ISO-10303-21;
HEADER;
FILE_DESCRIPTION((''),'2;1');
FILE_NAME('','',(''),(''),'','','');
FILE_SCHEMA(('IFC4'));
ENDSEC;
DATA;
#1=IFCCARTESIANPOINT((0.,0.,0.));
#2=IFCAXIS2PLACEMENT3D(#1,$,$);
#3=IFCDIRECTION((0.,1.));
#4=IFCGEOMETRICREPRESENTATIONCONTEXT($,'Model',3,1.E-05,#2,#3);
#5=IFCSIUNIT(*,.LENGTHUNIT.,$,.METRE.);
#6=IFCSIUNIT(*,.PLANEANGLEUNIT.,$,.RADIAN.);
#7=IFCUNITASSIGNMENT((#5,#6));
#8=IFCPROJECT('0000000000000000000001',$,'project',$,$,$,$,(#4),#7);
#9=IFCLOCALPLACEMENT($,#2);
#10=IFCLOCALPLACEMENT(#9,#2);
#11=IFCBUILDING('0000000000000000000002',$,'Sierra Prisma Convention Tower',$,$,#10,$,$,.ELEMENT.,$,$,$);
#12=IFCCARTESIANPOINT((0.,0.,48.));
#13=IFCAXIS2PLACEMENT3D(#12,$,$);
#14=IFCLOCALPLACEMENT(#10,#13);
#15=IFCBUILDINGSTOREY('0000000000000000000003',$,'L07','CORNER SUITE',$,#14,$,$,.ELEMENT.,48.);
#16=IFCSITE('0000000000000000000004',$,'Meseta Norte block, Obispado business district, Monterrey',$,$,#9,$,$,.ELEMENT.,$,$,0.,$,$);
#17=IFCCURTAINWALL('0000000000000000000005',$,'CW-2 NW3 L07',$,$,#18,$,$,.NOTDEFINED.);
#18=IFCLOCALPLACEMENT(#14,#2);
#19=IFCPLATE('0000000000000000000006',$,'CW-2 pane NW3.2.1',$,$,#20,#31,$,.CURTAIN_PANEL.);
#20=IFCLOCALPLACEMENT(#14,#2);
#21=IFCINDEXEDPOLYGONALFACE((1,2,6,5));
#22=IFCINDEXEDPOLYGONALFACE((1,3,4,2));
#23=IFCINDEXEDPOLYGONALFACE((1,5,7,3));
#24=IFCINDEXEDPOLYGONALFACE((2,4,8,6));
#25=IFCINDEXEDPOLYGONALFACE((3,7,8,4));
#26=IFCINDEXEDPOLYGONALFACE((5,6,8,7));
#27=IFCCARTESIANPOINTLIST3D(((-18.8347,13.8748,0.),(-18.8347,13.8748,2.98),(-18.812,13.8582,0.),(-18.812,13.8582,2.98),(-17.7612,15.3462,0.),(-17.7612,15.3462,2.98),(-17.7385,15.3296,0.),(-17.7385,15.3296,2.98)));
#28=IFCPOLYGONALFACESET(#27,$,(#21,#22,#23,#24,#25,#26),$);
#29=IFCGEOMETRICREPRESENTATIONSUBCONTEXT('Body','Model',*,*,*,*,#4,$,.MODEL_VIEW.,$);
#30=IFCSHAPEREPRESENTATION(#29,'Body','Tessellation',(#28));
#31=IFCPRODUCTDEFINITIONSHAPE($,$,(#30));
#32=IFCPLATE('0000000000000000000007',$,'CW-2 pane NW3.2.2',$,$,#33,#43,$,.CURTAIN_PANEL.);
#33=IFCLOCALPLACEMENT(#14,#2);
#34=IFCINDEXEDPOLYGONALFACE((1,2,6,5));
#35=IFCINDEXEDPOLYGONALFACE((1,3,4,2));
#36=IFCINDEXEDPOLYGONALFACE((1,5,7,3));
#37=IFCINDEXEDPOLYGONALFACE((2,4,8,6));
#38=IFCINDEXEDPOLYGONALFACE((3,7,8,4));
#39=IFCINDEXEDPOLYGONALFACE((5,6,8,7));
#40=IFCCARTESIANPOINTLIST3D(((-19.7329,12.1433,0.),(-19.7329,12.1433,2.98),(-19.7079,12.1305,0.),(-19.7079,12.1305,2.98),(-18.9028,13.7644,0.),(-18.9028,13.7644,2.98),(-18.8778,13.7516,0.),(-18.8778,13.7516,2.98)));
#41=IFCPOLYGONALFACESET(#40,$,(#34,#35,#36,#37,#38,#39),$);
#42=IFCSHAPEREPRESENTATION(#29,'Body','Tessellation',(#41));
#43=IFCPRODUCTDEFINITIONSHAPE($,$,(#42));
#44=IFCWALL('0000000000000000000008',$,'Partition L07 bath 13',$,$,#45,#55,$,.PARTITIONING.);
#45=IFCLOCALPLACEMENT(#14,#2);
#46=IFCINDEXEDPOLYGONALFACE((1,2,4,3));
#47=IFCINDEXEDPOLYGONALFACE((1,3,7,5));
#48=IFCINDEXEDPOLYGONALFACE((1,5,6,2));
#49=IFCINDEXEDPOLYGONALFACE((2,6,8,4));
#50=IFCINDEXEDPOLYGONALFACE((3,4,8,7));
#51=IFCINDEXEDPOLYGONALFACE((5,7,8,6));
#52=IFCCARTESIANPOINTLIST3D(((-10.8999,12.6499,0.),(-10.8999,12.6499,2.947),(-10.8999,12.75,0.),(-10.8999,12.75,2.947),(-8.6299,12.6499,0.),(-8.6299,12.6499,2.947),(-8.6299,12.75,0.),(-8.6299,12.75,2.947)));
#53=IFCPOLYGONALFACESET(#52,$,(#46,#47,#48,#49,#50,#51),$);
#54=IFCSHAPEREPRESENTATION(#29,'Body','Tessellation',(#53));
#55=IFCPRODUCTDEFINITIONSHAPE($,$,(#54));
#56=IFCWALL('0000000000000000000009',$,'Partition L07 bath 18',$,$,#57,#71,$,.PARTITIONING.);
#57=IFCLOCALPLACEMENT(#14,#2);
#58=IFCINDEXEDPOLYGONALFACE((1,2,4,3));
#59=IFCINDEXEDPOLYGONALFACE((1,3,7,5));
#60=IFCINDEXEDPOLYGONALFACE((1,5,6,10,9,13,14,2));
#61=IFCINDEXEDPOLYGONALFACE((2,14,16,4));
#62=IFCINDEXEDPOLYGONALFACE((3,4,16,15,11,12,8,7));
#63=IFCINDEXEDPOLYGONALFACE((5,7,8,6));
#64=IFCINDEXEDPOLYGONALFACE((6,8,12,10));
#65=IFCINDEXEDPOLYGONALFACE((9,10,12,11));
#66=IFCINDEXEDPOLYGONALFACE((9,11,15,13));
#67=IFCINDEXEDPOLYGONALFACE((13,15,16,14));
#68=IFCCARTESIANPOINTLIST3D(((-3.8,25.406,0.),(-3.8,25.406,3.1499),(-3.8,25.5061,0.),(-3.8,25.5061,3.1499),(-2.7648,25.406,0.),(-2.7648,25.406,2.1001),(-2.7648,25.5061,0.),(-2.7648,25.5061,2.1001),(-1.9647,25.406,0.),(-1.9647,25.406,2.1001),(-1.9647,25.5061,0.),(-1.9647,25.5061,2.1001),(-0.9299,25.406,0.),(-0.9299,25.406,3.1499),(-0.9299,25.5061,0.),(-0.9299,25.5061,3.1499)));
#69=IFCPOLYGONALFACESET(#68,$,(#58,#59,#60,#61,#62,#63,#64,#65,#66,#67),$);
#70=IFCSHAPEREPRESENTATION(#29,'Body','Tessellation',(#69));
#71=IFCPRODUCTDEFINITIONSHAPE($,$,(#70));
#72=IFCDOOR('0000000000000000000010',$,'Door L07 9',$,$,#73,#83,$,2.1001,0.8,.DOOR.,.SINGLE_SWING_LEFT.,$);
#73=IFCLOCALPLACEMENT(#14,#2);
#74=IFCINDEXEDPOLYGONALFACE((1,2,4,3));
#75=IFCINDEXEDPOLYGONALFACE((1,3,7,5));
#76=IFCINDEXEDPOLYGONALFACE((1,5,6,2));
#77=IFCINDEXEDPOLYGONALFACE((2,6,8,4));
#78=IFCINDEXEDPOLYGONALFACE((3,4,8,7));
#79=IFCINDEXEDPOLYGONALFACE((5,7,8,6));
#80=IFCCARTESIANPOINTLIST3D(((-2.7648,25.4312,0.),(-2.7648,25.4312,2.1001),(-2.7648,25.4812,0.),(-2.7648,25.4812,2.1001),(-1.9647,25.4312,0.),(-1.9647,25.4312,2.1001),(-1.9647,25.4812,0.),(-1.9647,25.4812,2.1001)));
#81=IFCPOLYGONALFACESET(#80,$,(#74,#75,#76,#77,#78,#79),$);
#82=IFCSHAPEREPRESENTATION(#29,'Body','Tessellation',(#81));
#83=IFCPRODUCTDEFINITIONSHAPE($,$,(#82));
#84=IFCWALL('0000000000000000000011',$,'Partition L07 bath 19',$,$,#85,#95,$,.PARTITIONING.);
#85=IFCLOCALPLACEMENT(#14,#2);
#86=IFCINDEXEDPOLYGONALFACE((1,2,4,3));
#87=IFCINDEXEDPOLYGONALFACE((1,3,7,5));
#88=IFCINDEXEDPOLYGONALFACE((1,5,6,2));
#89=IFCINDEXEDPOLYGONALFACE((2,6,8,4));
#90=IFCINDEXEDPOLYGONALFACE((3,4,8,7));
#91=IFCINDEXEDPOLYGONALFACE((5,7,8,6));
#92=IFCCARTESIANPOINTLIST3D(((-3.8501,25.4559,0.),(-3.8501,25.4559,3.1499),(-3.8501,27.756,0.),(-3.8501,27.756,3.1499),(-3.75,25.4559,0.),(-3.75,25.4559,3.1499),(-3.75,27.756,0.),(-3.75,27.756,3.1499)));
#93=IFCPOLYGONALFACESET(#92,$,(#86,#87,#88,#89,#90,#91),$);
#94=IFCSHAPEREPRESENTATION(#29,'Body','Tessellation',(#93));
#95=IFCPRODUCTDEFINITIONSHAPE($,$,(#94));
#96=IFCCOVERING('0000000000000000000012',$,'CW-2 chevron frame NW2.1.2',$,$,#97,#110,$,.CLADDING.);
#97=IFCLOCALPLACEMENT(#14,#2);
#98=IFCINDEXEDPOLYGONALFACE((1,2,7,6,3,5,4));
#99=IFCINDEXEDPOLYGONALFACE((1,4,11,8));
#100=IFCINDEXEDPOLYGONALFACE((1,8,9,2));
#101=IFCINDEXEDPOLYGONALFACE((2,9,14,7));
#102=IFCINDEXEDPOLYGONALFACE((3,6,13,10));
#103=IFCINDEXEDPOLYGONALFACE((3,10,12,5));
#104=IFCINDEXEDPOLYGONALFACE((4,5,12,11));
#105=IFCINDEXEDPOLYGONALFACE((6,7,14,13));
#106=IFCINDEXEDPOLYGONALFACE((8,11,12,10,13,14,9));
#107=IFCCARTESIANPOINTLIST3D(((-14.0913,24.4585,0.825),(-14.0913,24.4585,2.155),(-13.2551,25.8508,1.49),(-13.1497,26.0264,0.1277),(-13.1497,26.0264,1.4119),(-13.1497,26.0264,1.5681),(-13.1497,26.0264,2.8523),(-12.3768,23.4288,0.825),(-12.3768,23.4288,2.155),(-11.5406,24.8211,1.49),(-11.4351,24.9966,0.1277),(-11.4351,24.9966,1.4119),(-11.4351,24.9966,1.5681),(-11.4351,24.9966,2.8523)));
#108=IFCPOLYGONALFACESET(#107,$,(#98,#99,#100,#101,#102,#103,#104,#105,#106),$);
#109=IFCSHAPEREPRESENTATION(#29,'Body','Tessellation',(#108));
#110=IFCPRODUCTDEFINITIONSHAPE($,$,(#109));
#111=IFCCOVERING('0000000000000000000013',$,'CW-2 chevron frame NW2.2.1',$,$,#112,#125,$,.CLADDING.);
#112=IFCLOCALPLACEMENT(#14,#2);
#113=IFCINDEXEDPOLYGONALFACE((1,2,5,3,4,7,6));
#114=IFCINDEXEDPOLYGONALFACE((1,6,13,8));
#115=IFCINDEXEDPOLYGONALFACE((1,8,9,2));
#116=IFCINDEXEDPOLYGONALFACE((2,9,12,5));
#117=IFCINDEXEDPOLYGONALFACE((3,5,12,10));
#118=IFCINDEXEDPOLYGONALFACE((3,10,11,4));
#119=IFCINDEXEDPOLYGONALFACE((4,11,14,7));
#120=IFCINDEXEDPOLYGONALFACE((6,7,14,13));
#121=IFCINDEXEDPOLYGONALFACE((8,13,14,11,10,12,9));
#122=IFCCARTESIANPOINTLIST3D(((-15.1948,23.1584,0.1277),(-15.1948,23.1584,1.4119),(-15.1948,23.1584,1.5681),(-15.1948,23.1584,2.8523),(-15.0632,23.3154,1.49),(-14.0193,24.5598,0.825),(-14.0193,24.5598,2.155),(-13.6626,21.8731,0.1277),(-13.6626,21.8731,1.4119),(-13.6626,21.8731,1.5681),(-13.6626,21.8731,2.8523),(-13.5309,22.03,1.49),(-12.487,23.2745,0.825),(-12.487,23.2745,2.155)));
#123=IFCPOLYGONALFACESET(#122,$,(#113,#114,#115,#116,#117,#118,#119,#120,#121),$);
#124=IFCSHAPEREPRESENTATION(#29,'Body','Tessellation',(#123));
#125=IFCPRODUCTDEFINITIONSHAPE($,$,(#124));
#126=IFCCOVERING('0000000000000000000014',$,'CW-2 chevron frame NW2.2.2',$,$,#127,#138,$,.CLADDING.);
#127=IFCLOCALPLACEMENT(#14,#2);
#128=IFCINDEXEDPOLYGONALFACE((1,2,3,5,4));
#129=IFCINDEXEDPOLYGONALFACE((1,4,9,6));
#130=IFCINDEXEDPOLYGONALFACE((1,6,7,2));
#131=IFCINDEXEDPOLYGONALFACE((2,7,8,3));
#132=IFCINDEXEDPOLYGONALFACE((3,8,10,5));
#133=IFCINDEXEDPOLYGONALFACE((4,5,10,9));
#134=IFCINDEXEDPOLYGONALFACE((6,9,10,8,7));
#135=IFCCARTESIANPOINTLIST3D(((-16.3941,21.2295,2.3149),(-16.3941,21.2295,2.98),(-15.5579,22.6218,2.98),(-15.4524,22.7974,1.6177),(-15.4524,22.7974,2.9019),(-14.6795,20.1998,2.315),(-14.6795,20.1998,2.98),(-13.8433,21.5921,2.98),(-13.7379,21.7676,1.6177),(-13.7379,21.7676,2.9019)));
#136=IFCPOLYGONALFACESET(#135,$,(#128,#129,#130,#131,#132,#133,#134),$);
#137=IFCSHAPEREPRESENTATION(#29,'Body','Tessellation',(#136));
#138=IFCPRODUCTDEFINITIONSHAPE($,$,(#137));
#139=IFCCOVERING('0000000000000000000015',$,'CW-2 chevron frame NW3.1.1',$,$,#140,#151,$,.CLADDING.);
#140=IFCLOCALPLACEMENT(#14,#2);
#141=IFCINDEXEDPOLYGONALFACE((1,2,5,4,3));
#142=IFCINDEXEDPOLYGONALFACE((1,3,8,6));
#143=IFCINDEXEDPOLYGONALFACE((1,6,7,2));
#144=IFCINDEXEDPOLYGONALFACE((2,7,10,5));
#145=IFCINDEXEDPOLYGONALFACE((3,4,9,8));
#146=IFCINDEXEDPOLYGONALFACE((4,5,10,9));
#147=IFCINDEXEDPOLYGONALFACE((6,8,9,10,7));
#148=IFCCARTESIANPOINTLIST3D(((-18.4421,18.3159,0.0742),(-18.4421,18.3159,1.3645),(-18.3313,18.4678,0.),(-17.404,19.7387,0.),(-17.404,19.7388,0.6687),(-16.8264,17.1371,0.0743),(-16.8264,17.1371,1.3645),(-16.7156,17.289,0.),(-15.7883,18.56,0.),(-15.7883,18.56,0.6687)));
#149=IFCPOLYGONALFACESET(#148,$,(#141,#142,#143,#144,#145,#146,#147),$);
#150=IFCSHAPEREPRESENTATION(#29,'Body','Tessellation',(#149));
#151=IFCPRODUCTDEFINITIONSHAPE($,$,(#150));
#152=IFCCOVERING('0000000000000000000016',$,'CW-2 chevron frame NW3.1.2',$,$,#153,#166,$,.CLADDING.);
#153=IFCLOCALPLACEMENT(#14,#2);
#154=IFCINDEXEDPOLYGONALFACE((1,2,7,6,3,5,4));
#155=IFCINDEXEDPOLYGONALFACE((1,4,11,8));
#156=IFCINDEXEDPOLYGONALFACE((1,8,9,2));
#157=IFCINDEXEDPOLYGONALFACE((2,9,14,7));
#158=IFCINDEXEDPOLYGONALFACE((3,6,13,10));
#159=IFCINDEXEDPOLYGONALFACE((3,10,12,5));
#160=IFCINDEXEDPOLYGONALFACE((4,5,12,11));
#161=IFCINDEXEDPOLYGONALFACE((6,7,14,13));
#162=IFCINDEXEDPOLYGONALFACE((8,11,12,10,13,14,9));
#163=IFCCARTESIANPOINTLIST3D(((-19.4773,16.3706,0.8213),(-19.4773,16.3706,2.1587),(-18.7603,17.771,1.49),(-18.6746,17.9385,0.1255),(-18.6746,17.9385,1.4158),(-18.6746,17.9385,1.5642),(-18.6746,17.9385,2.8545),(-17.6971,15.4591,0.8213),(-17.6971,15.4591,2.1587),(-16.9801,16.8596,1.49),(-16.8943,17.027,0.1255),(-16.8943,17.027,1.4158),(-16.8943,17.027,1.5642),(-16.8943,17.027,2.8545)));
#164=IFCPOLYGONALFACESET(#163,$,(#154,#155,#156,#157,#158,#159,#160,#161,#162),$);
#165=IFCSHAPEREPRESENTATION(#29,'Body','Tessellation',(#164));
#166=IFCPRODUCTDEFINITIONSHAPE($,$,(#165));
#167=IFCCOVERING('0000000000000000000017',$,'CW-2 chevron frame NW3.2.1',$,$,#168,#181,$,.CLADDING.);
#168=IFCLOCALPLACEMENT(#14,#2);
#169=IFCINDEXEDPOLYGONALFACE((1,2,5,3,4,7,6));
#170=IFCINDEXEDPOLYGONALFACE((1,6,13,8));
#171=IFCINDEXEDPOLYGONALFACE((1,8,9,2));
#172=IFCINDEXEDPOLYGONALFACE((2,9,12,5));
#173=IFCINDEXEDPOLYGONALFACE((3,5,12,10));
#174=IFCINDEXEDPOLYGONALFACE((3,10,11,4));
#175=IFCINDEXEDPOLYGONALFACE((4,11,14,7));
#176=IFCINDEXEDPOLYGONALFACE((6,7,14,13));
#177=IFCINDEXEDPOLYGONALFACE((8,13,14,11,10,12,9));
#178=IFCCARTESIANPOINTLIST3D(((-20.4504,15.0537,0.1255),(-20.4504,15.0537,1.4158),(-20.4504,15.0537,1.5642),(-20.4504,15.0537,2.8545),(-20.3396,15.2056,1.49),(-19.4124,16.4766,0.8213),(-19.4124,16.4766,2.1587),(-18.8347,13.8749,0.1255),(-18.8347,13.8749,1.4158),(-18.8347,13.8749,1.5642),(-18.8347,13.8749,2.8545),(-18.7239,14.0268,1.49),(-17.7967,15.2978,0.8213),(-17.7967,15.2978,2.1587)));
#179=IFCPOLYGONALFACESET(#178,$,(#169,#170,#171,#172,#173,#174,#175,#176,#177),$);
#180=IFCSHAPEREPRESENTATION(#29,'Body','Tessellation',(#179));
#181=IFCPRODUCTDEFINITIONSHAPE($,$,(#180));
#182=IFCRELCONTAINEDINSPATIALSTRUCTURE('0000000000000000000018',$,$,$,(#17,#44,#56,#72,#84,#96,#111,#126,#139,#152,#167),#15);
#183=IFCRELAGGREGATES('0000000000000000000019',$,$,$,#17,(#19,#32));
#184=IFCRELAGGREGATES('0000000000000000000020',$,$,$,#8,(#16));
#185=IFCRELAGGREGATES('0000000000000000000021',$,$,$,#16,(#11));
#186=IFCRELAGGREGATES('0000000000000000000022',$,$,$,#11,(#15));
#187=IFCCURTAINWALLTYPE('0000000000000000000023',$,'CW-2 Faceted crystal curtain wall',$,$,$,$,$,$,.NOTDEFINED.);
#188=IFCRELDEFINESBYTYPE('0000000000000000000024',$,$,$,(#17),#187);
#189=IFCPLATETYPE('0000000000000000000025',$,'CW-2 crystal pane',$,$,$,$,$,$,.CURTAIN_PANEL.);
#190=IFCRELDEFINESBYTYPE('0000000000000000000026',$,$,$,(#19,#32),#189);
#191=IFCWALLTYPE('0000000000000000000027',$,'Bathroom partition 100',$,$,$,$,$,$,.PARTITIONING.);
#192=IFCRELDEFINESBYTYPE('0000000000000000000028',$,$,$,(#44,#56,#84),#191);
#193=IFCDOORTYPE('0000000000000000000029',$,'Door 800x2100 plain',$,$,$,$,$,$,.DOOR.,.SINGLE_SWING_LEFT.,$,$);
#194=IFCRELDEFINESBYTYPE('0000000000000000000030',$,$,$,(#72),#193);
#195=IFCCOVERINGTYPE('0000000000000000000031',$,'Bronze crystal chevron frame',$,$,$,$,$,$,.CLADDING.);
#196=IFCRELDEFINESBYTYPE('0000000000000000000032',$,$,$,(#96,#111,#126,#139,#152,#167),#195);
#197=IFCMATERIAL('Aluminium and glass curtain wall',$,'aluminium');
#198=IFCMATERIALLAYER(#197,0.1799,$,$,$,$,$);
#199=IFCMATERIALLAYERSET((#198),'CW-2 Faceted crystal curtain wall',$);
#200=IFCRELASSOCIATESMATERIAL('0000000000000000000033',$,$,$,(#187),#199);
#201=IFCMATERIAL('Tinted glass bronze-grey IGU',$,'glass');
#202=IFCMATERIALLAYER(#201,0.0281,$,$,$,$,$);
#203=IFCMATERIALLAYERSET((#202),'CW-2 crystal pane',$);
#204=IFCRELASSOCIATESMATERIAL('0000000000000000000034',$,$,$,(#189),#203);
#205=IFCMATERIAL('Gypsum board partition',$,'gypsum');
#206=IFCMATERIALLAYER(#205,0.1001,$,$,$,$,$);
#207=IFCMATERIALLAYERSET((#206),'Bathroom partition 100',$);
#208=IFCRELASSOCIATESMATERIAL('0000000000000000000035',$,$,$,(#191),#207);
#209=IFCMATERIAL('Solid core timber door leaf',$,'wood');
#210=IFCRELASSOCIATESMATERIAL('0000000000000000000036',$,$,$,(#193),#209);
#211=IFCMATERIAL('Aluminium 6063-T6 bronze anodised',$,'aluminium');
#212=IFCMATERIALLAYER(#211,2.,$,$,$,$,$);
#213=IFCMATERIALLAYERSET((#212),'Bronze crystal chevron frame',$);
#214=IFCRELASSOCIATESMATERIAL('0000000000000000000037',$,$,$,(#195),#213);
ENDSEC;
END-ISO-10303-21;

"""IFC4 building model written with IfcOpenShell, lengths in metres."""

from ifc_helpers import new_model, si_unit, direction, frame, frame_2d, origin, place, context, subcontext, project, spatial, polyline, rectangle, outline, extrude, material, layer, layer_set, type_object, element, fill, aggregate, save


model = new_model("IFC4")

# Units and contexts
model_context = context("Model", 3, precision=1e-05, world=origin(), true_north=direction((0.0, 1.0)))
body_context = subcontext(model_context, "Body", "Model", "MODEL_VIEW")
ifc_project = project(units=[si_unit("LENGTHUNIT", "METRE"), si_unit("PLANEANGLEUNIT", "RADIAN")], contexts=[model_context])

# Site, building, storey
site_placement = place(None, origin())
site = spatial("IfcSite", under=ifc_project, at=site_placement, Name="Meseta Norte block, Obispado business district, Monterrey", CompositionType="ELEMENT", RefElevation=0.0)
building_placement = place(site_placement, origin())
building = spatial("IfcBuilding", under=site, at=building_placement, Name="Sierra Prisma Convention Tower", CompositionType="ELEMENT")
storey_placement = place(building_placement, frame((0.0, 0.0, 48.0)))
storey = spatial("IfcBuildingStorey", under=building, at=storey_placement, Name="L07", Description="CORNER SUITE", CompositionType="ELEMENT", Elevation=48.0)

# Curtain wall
ifc_material_1 = material(Name="Aluminium and glass curtain wall", Category="aluminium")
ifc_layer_1 = layer(ifc_material_1, 0.1799)
ifc_layer_set_1 = layer_set([ifc_layer_1], Name="CW-2 Faceted crystal curtain wall")
curtain_wall_type = type_object("IfcCurtainWallType", Name="CW-2 Faceted crystal curtain wall", PredefinedType="NOTDEFINED", material=ifc_layer_set_1)
curtain_wall_1_placement = place(storey_placement, origin())
curtain_wall_1 = element("IfcCurtainWall", 1, at=curtain_wall_1_placement, inside=storey, type_object=curtain_wall_type, Name="CW-2 NW3 L07", PredefinedType="NOTDEFINED")

# Plates
ifc_material_2 = material(Name="Tinted glass bronze-grey IGU", Category="glass")
ifc_layer_2 = layer(ifc_material_2, 0.0281)
ifc_layer_set_2 = layer_set([ifc_layer_2], Name="CW-2 crystal pane")
plate_type = type_object("IfcPlateType", Name="CW-2 crystal pane", PredefinedType="CURTAIN_PANEL", material=ifc_layer_set_2)
plate_1_placement = place(storey_placement, frame((-17.7612, 15.3462, 0.0), z_axis=(-0.80786, 0.589375, 0.0), x_axis=(-0.589375, -0.80786, 0.0)))
plate_1 = element("IfcPlate", 2, at=plate_1_placement, type_object=plate_type, Name="CW-2 pane NW3.2.1", PredefinedType="CURTAIN_PANEL", context=body_context, shape_type="SweptSolid", body=[
    extrude(outline(polyline([(0.0, 0.0), (1.8214, 0.0), (1.8214, 2.98), (0.0, 2.98), (0.0, 0.0)])), origin(), (0.0, 0.0, -1.0), 0.0281),
])
plate_2_placement = place(storey_placement, frame((-19.7329, 12.1433, 0.0), z_axis=(-0.890096, 0.455772, 0.0), x_axis=(0.455772, 0.890096, 0.0)))
plate_2 = element("IfcPlate", 3, at=plate_2_placement, type_object=plate_type, Name="CW-2 pane NW3.2.2", PredefinedType="CURTAIN_PANEL", context=body_context, shape_type="SweptSolid", body=[
    extrude(outline(polyline([(0.0, 0.0), (1.8213, 0.0), (1.8213, -2.98), (0.0, -2.98), (0.0, 0.0)])), origin(), (0.0, 0.0, -1.0), 0.0281),
])
aggregate(curtain_wall_1, [plate_1, plate_2])

# Wall
ifc_material_3 = material(Name="Gypsum board partition", Category="gypsum")
ifc_layer_3 = layer(ifc_material_3, 0.1001)
ifc_layer_set_3 = layer_set([ifc_layer_3], Name="Bathroom partition 100")
wall_type = type_object("IfcWallType", Name="Bathroom partition 100", PredefinedType="PARTITIONING", material=ifc_layer_set_3)
wall_1_placement = place(storey_placement, frame((-10.8999, 12.7, 0.0), z_axis=(0.0, 0.0, 1.0), x_axis=(1.0, 0.0, 0.0)))
element("IfcWall", 4, at=wall_1_placement, inside=storey, type_object=wall_type, Name="Partition L07 bath 13", PredefinedType="PARTITIONING", context=body_context, shape_type="SweptSolid", body=[
    extrude(rectangle(XDim=2.27, YDim=0.1001, at=frame_2d((1.135, 0.0))), origin(), (0.0, 0.0, 1.0), 2.947),
])

# Wall, opening, door
wall_2_placement = place(storey_placement, frame((-0.9299, 25.4561, 0.0), z_axis=(0.0, 0.0, 1.0), x_axis=(-1.0, 0.0, 0.0)))
wall_2 = element("IfcWall", 5, at=wall_2_placement, inside=storey, type_object=wall_type, Name="Partition L07 bath 18", PredefinedType="PARTITIONING", context=body_context, shape_type="SweptSolid", body=[
    extrude(rectangle(XDim=2.8701, YDim=0.1001, at=frame_2d((1.4351, 0.0))), origin(), (0.0, 0.0, 1.0), 3.1499),
])
opening_placement = place(wall_2_placement, frame((1.0349, 0.0, 0.0)))
opening = element("IfcOpeningElement", 6, at=opening_placement, cuts=wall_2, PredefinedType="OPENING", context=body_context, shape_type="SweptSolid", body=[
    extrude(rectangle(XDim=0.8, YDim=2.1001, at=frame_2d((0.3999, 1.05))), frame((0.0, 0.05, 0.0), z_axis=(0.0, -1.0, 0.0), x_axis=(1.0, 0.0, 0.0)), (0.0, 0.0, 1.0), 0.1001),
])
ifc_material_4 = material(Name="Solid core timber door leaf", Category="wood")
door_type = type_object("IfcDoorType", Name="Door 800x2100 plain", OperationType="SINGLE_SWING_LEFT", PredefinedType="DOOR", material=ifc_material_4)
door_placement = place(opening_placement, origin())
door = element("IfcDoor", 7, at=door_placement, inside=storey, type_object=door_type, Name="Door L07 9", OperationType="SINGLE_SWING_LEFT", OverallHeight=2.1001, OverallWidth=0.8, PredefinedType="DOOR", context=body_context, shape_type="SweptSolid", body=[
    extrude(rectangle(XDim=0.8, YDim=2.1001, at=frame_2d((0.3999, 1.05))), frame((0.0, 0.0249, 0.0), z_axis=(0.0, -1.0, 0.0), x_axis=(1.0, 0.0, 0.0)), (0.0, 0.0, 1.0), 0.05),
])
fill(opening, door)

# Wall
wall_3_placement = place(storey_placement, frame((-3.8, 25.4561, 0.0), z_axis=(0.0, 0.0, 1.0), x_axis=(0.0, 1.0, 0.0)))
element("IfcWall", 8, at=wall_3_placement, inside=storey, type_object=wall_type, Name="Partition L07 bath 19", PredefinedType="PARTITIONING", context=body_context, shape_type="SweptSolid", body=[
    extrude(rectangle(XDim=2.3, YDim=0.1001, at=frame_2d((1.1499, 0.0))), origin(), (0.0, 0.0, 1.0), 3.1499),
])

# Coverings
ifc_material_5 = material(Name="Aluminium 6063-T6 bronze anodised", Category="aluminium")
ifc_layer_4 = layer(ifc_material_5, 2.0)
ifc_layer_set_4 = layer_set([ifc_layer_4], Name="Bronze crystal chevron frame")
covering_type = type_object("IfcCoveringType", Name="Bronze crystal chevron frame", PredefinedType="CLADDING", material=ifc_layer_set_4)
covering_1_placement = place(storey_placement, frame((-13.1497, 26.0264, 1.4119), z_axis=(-0.857269, 0.514868, 0.0), x_axis=(0.0, 0.0, -1.0)))
element("IfcCovering", 9, at=covering_1_placement, inside=storey, type_object=covering_type, Name="CW-2 chevron frame NW2.1.2", PredefinedType="CLADDING", context=body_context, shape_type="SweptSolid", body=[
    extrude(outline(polyline([(0.0, 0.0), (1.2842, 0.0), (0.5869, 1.8289), (-0.7432, 1.8289), (-1.4404, 0.0), (-0.1562, 0.0), (-0.0781, 0.2048), (0.0, 0.0)])), origin(), (0.0, 0.0, -1.0), 2.0),
])
covering_2_placement = place(storey_placement, frame((-14.0193, 24.5598, 0.825), z_axis=(-0.766138, 0.642677, 0.0), x_axis=(-0.600524, -0.715887, -0.356198)))
element("IfcCovering", 10, at=covering_2_placement, inside=storey, type_object=covering_type, Name="CW-2 chevron frame NW2.2.1", PredefinedType="CLADDING", context=body_context, shape_type="SweptSolid", body=[
    extrude(outline(polyline([(0.0, 0.0), (1.9575, 0.0), (1.5001, 1.2), (1.2809, 1.2), (1.4444, 1.346), (0.987, 2.5459), (-0.4738, 1.2428), (0.0, 0.0)])), origin(), (0.0, 0.0, -1.0), 2.0),
])
covering_3_placement = place(storey_placement, frame((-15.4524, 22.7974, 1.6177), z_axis=(-0.857269, 0.514868, -0.000018), x_axis=(-0.481096, -0.801026, 0.356235)))
element("IfcCovering", 11, at=covering_3_placement, inside=storey, type_object=covering_type, Name="CW-2 chevron frame NW2.2.2", PredefinedType="CLADDING", context=body_context, shape_type="SweptSolid", body=[
    extrude(outline(polyline([(0.0, 0.0), (1.9573, 0.0), (2.1942, 0.6214), (0.6767, 1.2), (0.4575, 1.1999), (0.0, 0.0)])), origin(), (0.0, 0.0, -1.0), 2.0),
])
covering_4_placement = place(storey_placement, frame((-18.3313, 18.4678, 0.0), z_axis=(-0.807849, 0.58939, -0.00002), x_axis=(-0.548224, -0.751411, 0.367195)))
element("IfcCovering", 12, at=covering_4_placement, inside=storey, type_object=covering_type, Name="CW-2 chevron frame NW3.1.1", PredefinedType="CLADDING", context=body_context, shape_type="SweptSolid", body=[
    extrude(outline(polyline([(0.0, 0.0), (0.2021, 0.0), (0.6759, 1.2001), (-1.2178, 1.1997), (-1.4634, 0.5777), (0.0, 0.0)])), origin(), (0.0, 0.0, -1.0), 2.0),
])
covering_5_placement = place(storey_placement, frame((-18.6746, 17.9385, 1.4158), z_axis=(-0.890117, 0.455732, 0.0), x_axis=(0.0, 0.0, -1.0)))
element("IfcCovering", 13, at=covering_5_placement, inside=storey, type_object=covering_type, Name="CW-2 chevron frame NW3.1.2", PredefinedType="CLADDING", context=body_context, shape_type="SweptSolid", body=[
    extrude(outline(polyline([(0.0, 0.0), (1.2903, 0.0), (0.5945, 1.7614), (-0.7429, 1.7614), (-1.4387, 0.0), (-0.1484, 0.0), (-0.0742, 0.1881), (0.0, 0.0)])), origin(), (0.0, 0.0, -1.0), 2.0),
])
covering_6_placement = place(storey_placement, frame((-19.4124, 16.4766, 0.8213), z_axis=(-0.807849, 0.58939, 0.0), x_axis=(-0.548165, -0.751343, -0.367421)))
element("IfcCovering", 14, at=covering_6_placement, inside=storey, type_object=covering_type, Name="CW-2 chevron frame NW3.2.1", PredefinedType="CLADDING", context=body_context, shape_type="SweptSolid", body=[
    extrude(outline(polyline([(0.0, 0.0), (1.8937, 0.0), (1.4197, 1.2), (1.2175, 1.2), (1.3651, 1.3381), (0.8911, 2.5381), (-0.4914, 1.2439), (0.0, 0.0)])), origin(), (0.0, 0.0, -1.0), 2.0),
])

save(model, "model.ifc")
